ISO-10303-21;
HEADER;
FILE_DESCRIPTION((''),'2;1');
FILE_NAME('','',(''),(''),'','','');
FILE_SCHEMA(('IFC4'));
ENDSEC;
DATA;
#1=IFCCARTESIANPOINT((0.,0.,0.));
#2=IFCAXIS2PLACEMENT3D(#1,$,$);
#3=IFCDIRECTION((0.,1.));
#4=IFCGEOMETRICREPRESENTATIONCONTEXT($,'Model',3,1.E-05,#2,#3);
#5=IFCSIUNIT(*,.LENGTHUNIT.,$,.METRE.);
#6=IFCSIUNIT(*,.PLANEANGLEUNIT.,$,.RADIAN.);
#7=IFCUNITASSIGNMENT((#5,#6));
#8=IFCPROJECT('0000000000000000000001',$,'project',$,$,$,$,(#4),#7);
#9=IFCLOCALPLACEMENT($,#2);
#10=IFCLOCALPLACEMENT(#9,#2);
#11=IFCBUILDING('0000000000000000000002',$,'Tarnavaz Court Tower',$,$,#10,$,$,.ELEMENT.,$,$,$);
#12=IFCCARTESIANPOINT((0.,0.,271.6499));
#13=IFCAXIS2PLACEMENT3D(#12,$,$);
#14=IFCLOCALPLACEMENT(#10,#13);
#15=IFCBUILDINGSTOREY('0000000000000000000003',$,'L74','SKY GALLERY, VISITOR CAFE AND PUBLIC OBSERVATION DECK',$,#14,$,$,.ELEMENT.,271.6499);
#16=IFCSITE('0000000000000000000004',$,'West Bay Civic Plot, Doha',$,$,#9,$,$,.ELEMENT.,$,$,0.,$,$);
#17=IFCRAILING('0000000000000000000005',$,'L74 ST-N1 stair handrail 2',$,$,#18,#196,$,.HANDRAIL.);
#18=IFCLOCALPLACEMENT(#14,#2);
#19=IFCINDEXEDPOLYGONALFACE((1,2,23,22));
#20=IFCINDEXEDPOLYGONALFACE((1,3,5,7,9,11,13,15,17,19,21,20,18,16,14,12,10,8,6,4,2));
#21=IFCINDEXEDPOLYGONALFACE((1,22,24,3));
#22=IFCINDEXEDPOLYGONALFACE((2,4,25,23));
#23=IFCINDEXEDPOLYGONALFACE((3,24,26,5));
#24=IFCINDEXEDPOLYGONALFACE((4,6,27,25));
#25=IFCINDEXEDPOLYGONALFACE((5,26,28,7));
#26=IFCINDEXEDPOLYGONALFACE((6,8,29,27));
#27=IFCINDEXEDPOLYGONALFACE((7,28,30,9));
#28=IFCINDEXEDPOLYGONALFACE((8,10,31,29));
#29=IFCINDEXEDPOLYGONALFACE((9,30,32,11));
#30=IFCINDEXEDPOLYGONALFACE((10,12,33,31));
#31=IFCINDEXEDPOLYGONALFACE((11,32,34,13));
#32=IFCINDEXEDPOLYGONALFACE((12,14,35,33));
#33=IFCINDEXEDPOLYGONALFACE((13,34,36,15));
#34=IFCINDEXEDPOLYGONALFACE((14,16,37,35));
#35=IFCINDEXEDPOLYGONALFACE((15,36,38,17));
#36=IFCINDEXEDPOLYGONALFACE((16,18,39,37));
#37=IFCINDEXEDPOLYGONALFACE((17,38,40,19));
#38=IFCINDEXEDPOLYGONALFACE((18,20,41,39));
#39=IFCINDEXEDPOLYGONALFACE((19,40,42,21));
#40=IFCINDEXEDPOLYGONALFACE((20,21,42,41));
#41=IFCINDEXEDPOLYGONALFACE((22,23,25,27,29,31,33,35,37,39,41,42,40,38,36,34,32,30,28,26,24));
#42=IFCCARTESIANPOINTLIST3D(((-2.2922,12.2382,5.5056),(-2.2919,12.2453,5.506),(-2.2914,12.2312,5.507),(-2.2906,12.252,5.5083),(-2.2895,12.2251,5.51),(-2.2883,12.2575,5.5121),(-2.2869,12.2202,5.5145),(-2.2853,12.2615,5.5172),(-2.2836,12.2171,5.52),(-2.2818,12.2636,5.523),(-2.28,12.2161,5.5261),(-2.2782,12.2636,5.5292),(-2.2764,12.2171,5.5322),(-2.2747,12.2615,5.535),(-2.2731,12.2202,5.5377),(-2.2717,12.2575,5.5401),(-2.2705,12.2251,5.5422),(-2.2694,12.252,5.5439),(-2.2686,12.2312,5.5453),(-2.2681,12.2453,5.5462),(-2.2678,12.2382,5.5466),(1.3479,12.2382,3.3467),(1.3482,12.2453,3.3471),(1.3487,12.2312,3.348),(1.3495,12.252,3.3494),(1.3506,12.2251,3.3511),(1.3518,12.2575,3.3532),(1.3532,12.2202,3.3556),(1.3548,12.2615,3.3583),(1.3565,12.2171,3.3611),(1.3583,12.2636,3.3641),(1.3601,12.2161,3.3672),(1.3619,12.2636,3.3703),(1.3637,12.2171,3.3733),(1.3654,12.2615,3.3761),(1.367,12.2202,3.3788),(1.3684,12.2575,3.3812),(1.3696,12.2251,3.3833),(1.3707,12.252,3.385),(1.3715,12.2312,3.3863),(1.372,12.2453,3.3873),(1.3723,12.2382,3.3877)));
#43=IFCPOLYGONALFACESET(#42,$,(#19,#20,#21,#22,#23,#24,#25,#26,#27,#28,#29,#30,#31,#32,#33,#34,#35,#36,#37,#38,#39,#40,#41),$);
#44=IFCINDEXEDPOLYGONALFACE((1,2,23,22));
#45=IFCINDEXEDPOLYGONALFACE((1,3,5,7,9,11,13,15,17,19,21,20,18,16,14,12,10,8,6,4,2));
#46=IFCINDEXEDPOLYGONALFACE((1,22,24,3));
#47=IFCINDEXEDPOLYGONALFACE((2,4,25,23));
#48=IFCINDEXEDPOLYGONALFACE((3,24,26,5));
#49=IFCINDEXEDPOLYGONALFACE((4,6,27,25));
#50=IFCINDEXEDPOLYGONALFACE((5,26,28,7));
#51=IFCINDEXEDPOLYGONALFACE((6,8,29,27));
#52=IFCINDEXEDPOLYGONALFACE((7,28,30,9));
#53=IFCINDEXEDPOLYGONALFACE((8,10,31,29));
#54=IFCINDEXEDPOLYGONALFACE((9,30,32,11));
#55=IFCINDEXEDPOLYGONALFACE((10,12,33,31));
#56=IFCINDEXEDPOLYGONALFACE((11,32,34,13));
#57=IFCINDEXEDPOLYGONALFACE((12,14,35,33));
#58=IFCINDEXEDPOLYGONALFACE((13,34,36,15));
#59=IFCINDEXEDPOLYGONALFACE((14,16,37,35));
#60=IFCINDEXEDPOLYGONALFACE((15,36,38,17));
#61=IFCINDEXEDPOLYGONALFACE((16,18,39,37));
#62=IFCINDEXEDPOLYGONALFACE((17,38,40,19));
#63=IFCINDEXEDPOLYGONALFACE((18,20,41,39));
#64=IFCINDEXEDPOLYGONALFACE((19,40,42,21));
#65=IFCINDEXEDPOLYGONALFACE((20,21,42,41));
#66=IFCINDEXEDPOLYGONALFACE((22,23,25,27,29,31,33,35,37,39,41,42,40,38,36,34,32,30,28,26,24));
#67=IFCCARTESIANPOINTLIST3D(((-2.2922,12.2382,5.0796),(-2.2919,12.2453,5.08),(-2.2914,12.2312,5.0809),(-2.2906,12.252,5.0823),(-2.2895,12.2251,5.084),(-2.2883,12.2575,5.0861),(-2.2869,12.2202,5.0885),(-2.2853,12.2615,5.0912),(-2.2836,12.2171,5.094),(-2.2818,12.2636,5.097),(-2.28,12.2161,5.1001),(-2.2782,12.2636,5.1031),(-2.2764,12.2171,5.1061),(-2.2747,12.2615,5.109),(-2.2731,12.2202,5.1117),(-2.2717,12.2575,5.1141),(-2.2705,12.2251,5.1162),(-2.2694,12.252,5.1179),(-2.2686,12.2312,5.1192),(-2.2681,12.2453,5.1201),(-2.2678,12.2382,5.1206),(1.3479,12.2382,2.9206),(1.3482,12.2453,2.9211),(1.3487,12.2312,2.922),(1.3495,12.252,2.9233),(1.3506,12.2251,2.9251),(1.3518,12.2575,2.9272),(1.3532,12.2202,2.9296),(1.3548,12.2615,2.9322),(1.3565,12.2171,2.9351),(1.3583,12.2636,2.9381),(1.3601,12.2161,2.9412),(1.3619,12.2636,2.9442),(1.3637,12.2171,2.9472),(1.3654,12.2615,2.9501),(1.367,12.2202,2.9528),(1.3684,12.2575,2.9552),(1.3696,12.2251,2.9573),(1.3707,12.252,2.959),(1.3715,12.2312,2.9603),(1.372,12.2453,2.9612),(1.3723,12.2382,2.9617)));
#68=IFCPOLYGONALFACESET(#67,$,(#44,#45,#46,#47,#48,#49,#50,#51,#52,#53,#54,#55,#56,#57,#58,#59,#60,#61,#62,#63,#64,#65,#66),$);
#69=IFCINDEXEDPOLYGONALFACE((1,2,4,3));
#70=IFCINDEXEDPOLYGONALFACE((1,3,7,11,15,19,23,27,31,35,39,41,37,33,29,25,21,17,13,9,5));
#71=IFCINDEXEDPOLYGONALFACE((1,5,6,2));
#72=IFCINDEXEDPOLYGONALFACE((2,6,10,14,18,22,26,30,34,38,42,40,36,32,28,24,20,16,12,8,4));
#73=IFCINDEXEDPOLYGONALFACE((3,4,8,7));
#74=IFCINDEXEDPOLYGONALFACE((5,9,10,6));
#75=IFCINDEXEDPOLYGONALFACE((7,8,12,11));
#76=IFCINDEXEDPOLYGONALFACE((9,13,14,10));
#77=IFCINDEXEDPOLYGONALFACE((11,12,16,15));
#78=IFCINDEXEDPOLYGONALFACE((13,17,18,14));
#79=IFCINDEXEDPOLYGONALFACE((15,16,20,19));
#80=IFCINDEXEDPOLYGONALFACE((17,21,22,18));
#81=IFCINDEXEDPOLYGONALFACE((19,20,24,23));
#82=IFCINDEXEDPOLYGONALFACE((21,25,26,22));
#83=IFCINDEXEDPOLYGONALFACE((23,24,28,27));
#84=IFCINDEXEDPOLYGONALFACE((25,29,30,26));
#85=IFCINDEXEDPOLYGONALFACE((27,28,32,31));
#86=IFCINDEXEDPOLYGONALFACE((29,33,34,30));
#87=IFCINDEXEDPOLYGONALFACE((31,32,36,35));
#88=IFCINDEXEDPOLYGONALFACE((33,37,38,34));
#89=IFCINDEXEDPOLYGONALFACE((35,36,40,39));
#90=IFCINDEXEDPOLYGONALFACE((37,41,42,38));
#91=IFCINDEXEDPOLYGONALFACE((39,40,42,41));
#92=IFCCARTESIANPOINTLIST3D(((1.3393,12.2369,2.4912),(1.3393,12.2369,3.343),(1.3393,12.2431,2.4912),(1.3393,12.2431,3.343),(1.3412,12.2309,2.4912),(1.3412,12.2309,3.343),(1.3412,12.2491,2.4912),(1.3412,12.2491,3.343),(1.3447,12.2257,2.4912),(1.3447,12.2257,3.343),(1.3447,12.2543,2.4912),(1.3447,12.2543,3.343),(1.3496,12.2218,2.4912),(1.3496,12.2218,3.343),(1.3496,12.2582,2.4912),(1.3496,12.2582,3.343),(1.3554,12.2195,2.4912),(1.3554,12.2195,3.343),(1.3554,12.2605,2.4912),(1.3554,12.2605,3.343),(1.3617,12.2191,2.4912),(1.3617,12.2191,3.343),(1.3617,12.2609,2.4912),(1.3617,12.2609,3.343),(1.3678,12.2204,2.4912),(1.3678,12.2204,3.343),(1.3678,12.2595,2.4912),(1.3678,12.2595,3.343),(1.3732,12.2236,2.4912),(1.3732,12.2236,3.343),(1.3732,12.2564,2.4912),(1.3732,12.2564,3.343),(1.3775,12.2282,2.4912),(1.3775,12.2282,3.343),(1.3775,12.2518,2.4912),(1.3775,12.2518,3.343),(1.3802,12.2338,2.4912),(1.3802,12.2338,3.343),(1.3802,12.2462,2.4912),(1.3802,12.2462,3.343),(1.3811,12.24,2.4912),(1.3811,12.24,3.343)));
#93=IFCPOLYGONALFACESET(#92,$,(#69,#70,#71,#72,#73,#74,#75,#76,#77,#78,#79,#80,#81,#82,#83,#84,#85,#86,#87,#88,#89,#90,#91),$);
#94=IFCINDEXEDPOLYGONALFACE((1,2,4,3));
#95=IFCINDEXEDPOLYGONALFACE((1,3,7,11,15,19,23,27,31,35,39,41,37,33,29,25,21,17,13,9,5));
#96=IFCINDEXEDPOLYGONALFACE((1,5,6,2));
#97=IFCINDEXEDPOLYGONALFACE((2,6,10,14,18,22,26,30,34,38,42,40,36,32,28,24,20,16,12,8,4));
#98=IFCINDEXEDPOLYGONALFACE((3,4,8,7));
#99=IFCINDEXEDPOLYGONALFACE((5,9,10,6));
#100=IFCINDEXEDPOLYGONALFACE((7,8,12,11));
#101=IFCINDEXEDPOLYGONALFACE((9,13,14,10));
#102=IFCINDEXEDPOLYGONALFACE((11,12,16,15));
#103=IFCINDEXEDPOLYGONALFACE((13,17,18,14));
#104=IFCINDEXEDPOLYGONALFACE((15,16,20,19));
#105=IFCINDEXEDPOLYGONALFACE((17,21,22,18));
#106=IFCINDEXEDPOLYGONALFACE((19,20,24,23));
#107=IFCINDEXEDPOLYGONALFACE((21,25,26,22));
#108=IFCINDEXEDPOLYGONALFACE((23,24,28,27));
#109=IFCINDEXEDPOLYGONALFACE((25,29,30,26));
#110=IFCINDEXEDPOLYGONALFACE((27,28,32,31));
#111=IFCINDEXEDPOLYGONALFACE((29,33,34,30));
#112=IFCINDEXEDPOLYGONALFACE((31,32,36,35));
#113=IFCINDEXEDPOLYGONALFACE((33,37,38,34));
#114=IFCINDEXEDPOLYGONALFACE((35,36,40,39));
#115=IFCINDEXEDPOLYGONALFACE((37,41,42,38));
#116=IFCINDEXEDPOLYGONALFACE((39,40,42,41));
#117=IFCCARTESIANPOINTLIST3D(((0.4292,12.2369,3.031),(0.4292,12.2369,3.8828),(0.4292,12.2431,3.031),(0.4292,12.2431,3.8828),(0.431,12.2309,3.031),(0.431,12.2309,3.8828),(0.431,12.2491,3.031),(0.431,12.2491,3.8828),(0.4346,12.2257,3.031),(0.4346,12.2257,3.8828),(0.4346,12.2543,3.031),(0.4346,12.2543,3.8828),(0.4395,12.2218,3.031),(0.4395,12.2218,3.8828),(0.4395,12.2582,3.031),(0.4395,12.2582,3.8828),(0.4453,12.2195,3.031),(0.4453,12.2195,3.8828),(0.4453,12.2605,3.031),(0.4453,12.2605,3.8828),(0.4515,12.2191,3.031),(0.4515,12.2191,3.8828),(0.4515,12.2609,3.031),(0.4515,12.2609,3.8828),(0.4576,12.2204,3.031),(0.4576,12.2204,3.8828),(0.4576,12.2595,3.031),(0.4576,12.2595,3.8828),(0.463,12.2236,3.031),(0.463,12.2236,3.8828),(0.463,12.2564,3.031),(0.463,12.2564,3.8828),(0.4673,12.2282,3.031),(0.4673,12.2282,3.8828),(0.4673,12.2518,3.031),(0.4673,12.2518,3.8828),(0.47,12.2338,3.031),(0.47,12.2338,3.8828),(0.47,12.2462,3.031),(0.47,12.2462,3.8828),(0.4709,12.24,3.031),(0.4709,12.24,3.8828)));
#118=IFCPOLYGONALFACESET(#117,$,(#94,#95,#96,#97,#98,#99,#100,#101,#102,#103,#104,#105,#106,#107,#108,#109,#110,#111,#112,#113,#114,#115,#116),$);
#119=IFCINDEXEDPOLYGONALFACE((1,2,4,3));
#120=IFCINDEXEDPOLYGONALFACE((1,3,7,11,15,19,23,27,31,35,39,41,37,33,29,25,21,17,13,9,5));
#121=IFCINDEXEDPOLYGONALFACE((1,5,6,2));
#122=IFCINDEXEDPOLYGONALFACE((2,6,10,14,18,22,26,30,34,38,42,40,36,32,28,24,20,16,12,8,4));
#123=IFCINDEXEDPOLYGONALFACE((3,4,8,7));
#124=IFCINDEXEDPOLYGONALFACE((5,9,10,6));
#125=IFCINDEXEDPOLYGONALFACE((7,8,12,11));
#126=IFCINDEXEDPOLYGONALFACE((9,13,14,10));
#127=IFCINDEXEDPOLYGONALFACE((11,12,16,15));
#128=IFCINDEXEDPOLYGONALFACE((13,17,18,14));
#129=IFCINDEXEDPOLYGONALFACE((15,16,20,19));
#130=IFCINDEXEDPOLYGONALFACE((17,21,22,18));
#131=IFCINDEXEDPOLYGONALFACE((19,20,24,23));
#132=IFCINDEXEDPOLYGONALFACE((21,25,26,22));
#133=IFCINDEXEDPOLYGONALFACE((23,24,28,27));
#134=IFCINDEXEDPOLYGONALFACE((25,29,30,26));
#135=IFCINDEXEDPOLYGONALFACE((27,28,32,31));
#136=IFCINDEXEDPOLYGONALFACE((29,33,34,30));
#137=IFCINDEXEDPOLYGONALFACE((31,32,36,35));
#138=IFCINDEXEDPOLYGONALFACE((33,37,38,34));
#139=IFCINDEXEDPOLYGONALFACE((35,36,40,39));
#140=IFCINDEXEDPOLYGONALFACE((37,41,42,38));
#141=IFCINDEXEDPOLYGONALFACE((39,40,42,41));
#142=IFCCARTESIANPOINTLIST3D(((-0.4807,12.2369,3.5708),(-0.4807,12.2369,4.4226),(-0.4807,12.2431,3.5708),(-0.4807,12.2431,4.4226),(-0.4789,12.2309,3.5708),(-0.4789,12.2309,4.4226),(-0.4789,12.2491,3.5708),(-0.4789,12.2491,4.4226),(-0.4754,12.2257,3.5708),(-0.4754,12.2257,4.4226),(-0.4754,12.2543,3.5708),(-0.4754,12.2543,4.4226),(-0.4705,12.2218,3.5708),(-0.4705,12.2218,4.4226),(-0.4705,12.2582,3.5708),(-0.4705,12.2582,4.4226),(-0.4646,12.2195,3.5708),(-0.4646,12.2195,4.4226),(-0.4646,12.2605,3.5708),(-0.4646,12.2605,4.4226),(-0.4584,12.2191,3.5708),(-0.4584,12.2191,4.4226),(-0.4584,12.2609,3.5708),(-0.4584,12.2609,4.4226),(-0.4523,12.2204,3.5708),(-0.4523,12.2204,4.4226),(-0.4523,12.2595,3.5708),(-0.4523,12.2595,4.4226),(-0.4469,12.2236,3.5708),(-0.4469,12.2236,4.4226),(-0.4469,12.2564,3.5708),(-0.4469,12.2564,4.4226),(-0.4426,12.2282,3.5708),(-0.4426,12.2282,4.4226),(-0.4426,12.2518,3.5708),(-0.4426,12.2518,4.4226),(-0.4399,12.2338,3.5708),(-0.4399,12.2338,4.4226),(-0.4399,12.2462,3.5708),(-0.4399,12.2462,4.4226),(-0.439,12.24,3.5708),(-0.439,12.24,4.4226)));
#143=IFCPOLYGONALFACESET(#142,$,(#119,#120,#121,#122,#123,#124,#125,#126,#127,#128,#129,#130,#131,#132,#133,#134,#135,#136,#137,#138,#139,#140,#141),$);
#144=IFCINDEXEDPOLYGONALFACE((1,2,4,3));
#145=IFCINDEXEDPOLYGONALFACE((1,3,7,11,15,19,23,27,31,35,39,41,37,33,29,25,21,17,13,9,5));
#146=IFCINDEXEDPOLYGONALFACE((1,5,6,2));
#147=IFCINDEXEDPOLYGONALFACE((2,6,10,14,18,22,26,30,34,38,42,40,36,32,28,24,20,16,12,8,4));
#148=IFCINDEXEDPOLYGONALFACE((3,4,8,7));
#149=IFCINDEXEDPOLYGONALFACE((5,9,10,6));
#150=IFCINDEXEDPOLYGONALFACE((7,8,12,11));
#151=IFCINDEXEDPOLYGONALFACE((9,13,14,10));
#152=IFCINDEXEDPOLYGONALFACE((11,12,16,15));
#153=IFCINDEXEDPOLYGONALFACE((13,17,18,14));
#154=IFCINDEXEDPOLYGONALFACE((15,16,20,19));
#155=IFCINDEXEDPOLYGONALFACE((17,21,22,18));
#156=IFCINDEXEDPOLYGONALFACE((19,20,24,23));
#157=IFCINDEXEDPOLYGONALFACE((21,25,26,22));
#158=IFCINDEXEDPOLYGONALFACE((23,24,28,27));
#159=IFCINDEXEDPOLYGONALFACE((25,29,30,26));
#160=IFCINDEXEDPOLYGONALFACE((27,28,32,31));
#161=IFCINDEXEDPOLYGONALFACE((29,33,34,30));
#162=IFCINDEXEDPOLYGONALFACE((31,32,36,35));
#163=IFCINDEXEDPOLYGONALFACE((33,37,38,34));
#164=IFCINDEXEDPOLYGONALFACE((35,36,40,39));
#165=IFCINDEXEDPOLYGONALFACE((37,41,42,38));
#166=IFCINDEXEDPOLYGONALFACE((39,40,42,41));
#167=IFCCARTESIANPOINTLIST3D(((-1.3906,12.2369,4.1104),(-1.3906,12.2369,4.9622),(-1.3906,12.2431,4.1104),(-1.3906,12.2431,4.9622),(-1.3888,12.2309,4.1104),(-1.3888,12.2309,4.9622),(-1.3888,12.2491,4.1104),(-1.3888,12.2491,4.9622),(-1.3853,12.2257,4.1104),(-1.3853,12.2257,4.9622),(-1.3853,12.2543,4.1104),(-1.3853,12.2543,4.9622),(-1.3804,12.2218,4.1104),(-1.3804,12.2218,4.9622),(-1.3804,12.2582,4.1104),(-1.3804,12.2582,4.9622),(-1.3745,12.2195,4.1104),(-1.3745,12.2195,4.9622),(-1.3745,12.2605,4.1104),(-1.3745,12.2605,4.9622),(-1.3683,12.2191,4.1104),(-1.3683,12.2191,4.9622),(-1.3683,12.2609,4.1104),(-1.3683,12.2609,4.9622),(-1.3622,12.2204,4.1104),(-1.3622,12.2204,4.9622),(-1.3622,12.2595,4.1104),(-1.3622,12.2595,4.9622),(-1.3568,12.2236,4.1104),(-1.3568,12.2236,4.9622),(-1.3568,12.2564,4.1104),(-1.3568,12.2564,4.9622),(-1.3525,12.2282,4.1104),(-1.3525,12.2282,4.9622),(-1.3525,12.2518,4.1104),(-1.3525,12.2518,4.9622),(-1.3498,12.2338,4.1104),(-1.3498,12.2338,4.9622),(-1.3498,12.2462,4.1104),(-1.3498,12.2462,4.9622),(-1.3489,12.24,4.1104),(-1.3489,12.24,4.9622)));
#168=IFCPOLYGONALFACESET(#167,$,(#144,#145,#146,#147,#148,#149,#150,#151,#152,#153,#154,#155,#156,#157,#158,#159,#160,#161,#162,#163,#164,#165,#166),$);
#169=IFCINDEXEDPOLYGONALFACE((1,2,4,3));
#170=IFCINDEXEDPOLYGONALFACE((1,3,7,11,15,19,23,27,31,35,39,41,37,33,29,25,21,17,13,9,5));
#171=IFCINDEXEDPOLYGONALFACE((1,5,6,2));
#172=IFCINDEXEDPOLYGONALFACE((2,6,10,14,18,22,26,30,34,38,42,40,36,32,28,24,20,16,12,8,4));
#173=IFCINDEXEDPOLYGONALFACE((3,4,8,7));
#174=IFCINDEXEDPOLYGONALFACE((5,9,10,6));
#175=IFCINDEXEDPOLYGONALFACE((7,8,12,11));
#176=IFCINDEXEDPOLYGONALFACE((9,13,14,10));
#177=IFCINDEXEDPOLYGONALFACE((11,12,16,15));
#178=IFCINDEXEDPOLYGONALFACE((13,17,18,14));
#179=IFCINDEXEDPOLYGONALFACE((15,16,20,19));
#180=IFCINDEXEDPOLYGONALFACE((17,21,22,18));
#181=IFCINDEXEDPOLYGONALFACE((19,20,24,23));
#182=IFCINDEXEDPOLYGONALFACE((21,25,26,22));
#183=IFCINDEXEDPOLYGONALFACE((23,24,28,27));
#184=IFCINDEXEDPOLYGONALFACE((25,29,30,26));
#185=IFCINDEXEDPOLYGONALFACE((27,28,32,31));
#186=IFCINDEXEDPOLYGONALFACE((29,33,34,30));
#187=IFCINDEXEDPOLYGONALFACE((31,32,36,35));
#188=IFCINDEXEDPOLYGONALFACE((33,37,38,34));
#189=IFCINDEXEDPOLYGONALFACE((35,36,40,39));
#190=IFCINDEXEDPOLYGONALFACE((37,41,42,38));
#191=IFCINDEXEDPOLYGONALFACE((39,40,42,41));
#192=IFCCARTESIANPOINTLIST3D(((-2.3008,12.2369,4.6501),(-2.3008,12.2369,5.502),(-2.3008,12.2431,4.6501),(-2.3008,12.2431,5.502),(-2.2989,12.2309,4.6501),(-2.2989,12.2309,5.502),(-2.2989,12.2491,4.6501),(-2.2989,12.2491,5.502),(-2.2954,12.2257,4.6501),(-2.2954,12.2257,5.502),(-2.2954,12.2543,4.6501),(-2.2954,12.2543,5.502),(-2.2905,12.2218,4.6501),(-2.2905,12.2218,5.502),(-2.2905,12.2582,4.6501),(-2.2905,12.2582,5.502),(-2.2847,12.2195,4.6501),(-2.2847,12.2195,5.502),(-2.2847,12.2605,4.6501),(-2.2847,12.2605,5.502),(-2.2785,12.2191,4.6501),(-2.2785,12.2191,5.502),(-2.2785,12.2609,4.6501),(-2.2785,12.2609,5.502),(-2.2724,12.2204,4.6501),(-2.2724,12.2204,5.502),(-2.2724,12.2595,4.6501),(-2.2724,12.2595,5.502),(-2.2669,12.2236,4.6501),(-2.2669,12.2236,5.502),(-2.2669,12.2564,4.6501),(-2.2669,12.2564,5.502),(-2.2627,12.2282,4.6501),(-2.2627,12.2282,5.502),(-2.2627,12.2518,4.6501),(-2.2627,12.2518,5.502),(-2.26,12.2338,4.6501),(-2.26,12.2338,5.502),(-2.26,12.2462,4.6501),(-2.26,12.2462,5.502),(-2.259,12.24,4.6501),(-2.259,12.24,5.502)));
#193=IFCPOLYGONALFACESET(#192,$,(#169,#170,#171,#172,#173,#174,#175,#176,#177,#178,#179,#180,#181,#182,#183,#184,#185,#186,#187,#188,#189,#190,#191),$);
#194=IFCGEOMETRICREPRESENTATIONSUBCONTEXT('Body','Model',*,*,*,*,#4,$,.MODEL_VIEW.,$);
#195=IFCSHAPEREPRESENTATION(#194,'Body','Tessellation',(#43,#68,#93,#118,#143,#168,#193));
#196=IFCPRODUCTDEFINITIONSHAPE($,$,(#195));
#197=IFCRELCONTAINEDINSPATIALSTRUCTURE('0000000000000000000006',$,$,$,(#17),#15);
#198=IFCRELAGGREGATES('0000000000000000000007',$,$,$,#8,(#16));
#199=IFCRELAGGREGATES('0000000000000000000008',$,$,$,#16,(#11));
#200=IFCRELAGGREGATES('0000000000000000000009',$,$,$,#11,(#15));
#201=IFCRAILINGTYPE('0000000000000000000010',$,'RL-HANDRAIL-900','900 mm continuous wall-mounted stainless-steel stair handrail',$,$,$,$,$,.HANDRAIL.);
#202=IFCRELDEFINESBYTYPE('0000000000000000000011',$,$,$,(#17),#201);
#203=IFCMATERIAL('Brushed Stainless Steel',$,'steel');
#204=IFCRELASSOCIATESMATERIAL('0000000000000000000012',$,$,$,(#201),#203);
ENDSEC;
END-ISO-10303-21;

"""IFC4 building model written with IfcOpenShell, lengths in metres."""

from ifc_helpers import new_model, si_unit, direction, frame, origin, origin_2d, place, context, subcontext, project, spatial, circle, extrude, material, type_object, element, save


model = new_model("IFC4")

# Units and contexts
model_context = context("Model", 3, precision=1e-05, world=origin(), true_north=direction((0.0, 1.0)))
body_context = subcontext(model_context, "Body", "Model", "MODEL_VIEW")
ifc_project = project(units=[si_unit("LENGTHUNIT", "METRE"), si_unit("PLANEANGLEUNIT", "RADIAN")], contexts=[model_context])

# Site, building, storey
site_placement = place(None, origin())
site = spatial("IfcSite", under=ifc_project, at=site_placement, Name="West Bay Civic Plot, Doha", CompositionType="ELEMENT", RefElevation=0.0)
building_placement = place(site_placement, origin())
building = spatial("IfcBuilding", under=site, at=building_placement, Name="Tarnavaz Court Tower", CompositionType="ELEMENT")
storey_placement = place(building_placement, frame((0.0, 0.0, 271.6499)))
storey = spatial("IfcBuildingStorey", under=building, at=storey_placement, Name="L74", Description="SKY GALLERY, VISITOR CAFE AND PUBLIC OBSERVATION DECK", CompositionType="ELEMENT", Elevation=271.6499)

# Railing
ifc_material_1 = material(Name="Brushed Stainless Steel", Category="steel")
railing_type_1 = type_object("IfcRailingType", Name="RL-HANDRAIL-900", Description="900 mm continuous wall-mounted stainless-steel stair handrail", PredefinedType="HANDRAIL", material=ifc_material_1)
railing_1_placement = place(storey_placement, frame((1.3601, 12.24, 2.4912)))
element("IfcRailing", 1, at=railing_1_placement, inside=storey, type_object=railing_type_1, Name="L74 ST-N1 stair handrail 2", PredefinedType="HANDRAIL", context=body_context, shape_type="SweptSolid", body=[
    extrude(circle(Radius=0.0239, at=origin_2d()), frame((0.0, 0.0, 0.876), z_axis=(-0.860103, 0.0, 0.51012), x_axis=(0.0, -1.0, 0.0)), (0.0, 0.0, 1.0), 4.2322),
    extrude(circle(Radius=0.0239, at=origin_2d()), frame((0.0, 0.0, 0.45), z_axis=(-0.860103, 0.0, 0.51012), x_axis=(0.0, -1.0, 0.0)), (0.0, 0.0, 1.0), 4.2322),
    extrude(circle(Radius=0.021, at=origin_2d()), origin(), (0.0, 0.0, 1.0), 0.8518),
    extrude(circle(Radius=0.021, at=origin_2d()), frame((-0.9102, 0.0, 0.5398)), (0.0, 0.0, 1.0), 0.8518),
    extrude(circle(Radius=0.021, at=origin_2d()), frame((-1.8201, 0.0, 1.0796)), (0.0, 0.0, 1.0), 0.8518),
    extrude(circle(Radius=0.021, at=origin_2d()), frame((-2.73, 0.0, 1.6191)), (0.0, 0.0, 1.0), 0.8518),
    extrude(circle(Radius=0.021, at=origin_2d()), frame((-3.6401, 0.0, 2.1589)), (0.0, 0.0, 1.0), 0.8518),
])

save(model, "model.ifc")
